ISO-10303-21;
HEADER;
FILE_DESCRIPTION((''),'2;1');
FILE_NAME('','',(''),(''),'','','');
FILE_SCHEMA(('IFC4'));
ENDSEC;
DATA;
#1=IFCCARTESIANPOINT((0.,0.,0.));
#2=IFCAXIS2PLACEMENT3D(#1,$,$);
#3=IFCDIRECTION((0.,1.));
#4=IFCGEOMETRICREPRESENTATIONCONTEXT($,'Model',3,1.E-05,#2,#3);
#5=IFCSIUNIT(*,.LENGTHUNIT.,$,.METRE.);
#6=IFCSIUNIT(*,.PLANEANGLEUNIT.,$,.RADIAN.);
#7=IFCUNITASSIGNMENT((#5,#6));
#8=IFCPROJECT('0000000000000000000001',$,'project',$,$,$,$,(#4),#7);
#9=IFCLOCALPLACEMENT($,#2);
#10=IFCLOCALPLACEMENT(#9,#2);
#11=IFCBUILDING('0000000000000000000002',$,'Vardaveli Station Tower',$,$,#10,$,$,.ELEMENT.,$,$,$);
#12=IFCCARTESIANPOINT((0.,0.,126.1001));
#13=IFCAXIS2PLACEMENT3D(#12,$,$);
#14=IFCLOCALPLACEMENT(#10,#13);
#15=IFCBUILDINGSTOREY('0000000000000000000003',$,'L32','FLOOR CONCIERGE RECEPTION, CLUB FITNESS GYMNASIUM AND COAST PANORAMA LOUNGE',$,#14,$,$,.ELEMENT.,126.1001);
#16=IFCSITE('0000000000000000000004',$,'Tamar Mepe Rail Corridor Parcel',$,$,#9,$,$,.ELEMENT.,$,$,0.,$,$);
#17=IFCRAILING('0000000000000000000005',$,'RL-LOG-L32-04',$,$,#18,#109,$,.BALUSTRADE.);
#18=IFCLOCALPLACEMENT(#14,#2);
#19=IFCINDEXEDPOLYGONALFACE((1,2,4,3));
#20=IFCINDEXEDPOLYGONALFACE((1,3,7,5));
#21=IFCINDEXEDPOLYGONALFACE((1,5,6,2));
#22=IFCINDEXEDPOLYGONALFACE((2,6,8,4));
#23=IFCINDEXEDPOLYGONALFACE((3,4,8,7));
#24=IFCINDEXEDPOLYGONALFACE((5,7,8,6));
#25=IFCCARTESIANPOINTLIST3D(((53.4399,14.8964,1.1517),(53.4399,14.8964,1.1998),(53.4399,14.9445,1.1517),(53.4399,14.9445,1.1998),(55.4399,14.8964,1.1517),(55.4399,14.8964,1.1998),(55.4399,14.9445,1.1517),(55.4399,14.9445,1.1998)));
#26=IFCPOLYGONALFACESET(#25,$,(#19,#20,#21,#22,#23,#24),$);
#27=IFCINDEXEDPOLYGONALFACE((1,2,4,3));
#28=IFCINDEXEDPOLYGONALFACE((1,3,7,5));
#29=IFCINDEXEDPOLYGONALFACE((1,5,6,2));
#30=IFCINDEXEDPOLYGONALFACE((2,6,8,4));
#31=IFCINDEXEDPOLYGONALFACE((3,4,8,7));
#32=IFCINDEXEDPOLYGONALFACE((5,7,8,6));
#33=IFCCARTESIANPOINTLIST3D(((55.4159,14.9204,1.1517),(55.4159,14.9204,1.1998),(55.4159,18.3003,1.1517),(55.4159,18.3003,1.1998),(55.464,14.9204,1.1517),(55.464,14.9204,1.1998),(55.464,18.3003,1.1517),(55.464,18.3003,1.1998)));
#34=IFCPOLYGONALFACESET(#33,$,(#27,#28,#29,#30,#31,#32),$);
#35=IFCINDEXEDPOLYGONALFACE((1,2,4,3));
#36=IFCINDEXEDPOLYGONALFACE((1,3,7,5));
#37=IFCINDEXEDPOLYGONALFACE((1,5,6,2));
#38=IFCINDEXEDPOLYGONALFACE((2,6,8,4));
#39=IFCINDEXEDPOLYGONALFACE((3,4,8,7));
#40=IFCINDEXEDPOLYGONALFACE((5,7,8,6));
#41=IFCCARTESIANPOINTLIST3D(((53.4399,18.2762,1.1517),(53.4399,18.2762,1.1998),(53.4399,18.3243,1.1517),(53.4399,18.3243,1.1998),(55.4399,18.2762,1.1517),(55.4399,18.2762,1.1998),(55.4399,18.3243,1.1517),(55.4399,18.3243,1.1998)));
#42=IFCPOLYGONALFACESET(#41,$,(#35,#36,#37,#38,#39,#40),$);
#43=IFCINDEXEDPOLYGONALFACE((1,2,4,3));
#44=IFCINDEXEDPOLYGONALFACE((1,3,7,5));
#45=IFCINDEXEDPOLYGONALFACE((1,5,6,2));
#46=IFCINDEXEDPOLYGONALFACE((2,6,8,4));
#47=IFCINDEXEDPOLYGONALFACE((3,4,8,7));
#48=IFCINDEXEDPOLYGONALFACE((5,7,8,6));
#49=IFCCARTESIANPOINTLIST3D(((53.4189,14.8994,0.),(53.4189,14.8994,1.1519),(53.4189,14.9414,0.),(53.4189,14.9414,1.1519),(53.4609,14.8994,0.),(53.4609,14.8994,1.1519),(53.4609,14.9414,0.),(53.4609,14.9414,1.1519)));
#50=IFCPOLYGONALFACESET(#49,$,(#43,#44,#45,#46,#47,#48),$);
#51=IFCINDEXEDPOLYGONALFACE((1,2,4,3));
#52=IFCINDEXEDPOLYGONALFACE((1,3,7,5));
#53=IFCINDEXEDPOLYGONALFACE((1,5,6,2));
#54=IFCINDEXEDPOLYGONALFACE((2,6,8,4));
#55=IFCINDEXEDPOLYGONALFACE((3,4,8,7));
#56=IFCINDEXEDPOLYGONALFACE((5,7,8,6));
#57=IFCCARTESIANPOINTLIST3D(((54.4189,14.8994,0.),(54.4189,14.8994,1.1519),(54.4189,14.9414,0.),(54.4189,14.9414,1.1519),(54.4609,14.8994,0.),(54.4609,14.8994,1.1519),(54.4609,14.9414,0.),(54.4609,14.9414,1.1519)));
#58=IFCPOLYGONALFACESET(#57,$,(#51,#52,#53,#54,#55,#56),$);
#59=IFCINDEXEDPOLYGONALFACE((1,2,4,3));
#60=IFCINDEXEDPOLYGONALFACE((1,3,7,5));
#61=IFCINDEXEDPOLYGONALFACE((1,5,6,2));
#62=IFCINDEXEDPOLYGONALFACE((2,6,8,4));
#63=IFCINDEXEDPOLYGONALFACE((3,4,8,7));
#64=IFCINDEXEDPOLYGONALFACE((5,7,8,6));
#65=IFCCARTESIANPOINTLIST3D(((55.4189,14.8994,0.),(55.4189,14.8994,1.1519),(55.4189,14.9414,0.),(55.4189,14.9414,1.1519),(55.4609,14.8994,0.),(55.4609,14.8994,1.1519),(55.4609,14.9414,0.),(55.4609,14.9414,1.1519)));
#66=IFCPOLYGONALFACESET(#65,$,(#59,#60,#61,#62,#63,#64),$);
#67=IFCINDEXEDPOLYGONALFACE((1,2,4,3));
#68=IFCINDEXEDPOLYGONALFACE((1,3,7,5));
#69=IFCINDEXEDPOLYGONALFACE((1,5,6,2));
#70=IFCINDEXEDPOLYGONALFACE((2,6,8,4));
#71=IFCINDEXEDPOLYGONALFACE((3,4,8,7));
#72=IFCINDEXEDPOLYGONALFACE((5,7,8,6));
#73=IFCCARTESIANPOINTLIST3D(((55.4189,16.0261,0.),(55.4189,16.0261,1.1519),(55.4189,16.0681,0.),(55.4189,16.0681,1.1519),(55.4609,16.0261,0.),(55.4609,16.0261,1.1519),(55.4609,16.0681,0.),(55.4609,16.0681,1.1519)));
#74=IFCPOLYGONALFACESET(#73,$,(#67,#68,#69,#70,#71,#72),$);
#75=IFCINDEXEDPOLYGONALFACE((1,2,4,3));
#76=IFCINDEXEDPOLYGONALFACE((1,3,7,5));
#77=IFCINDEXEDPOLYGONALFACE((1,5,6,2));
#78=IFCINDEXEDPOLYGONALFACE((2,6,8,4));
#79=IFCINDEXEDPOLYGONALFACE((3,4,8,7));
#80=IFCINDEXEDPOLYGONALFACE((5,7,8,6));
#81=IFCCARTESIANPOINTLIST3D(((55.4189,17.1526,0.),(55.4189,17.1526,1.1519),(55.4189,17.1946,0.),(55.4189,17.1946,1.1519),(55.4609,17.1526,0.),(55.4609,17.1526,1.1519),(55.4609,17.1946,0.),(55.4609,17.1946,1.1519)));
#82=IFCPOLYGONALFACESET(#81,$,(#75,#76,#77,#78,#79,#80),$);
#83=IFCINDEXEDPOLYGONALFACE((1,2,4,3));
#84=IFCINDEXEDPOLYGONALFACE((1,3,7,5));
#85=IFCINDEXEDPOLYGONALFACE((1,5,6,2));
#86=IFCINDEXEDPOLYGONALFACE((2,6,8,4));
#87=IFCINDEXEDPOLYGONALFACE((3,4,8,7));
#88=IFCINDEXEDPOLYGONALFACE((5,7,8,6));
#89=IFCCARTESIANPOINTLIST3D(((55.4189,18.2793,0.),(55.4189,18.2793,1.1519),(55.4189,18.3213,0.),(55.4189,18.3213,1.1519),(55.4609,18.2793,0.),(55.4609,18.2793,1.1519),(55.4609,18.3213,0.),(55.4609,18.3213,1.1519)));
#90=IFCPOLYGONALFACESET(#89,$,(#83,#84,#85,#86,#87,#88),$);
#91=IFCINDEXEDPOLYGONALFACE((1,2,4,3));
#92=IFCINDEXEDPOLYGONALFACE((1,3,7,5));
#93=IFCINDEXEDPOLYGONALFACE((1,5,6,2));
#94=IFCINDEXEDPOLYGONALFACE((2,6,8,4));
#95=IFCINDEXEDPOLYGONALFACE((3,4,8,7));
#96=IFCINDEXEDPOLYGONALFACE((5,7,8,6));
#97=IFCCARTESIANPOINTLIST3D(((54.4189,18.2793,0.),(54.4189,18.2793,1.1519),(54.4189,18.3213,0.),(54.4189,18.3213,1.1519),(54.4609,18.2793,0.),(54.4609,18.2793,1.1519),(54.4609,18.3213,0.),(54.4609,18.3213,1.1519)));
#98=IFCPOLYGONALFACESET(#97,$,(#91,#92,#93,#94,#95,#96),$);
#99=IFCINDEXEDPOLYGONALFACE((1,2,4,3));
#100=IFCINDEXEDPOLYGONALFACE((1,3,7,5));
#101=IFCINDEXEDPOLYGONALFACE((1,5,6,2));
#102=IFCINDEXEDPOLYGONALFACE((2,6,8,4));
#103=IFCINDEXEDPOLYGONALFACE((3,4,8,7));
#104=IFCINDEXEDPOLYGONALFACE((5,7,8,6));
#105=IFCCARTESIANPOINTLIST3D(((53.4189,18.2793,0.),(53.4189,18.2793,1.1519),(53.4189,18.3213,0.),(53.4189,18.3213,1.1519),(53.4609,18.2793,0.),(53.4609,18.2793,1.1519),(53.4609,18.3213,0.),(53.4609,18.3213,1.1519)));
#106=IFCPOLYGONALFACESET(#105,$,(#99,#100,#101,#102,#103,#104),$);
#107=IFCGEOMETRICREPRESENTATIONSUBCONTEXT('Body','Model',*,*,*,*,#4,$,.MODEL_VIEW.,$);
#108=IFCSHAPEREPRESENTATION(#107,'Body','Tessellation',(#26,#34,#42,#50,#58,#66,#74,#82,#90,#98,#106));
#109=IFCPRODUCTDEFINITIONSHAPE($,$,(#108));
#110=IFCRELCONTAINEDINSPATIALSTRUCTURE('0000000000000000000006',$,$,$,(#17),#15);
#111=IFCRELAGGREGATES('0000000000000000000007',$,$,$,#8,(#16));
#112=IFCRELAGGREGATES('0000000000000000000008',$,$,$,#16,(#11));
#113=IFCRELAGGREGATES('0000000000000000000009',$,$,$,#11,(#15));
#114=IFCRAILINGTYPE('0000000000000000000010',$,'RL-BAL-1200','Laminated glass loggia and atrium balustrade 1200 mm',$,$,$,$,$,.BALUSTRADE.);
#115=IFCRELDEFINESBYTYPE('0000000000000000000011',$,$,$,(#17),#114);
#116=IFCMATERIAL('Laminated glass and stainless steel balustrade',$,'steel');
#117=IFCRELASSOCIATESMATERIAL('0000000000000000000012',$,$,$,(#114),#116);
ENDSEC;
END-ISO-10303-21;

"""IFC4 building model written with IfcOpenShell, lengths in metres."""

from ifc_helpers import new_model, si_unit, direction, frame, origin, origin_2d, place, context, subcontext, project, spatial, rectangle, extrude, source, transform, mapped, material, type_object, element, save


model = new_model("IFC4")

# Units and contexts
model_context = context("Model", 3, precision=1e-05, world=origin(), true_north=direction((0.0, 1.0)))
body_context = subcontext(model_context, "Body", "Model", "MODEL_VIEW")
ifc_project = project(units=[si_unit("LENGTHUNIT", "METRE"), si_unit("PLANEANGLEUNIT", "RADIAN")], contexts=[model_context])

# Site, building, storey
site_placement = place(None, origin())
site = spatial("IfcSite", under=ifc_project, at=site_placement, Name="Tamar Mepe Rail Corridor Parcel", CompositionType="ELEMENT", RefElevation=0.0)
building_placement = place(site_placement, origin())
building = spatial("IfcBuilding", under=site, at=building_placement, Name="Vardaveli Station Tower", CompositionType="ELEMENT")
storey_placement = place(building_placement, frame((0.0, 0.0, 126.1001)))
storey = spatial("IfcBuildingStorey", under=building, at=storey_placement, Name="L32", Description="FLOOR CONCIERGE RECEPTION, CLUB FITNESS GYMNASIUM AND COAST PANORAMA LOUNGE", CompositionType="ELEMENT", Elevation=126.1001)

# Railing
ifc_material_1 = material(Name="Laminated glass and stainless steel balustrade", Category="steel")
railing_type = type_object("IfcRailingType", Name="RL-BAL-1200", Description="Laminated glass loggia and atrium balustrade 1200 mm", PredefinedType="BALUSTRADE", material=ifc_material_1)
shared_shape_1 = source(origin(), body_context, "Body", "SweptSolid", [
    extrude(rectangle(XDim=0.0481, YDim=0.0481, at=origin_2d()), frame((0.0, 0.0, 1.1758), z_axis=(1.0, 0.0, 0.0), x_axis=(0.0, 1.0, 0.0)), (0.0, 0.0, 1.0), 2.0),
    extrude(rectangle(XDim=0.0481, YDim=0.0481, at=origin_2d()), frame((2.0, 0.0, 1.1758), z_axis=(0.0, 1.0, 0.0), x_axis=(-1.0, 0.0, 0.0)), (0.0, 0.0, 1.0), 3.3799),
    extrude(rectangle(XDim=0.0481, YDim=0.0481, at=origin_2d()), frame((2.0, 3.3799, 1.1758), z_axis=(-1.0, 0.0, 0.0), x_axis=(0.0, -1.0, 0.0)), (0.0, 0.0, 1.0), 2.0),
    extrude(rectangle(XDim=0.042, YDim=0.042, at=origin_2d()), origin(), (0.0, 0.0, 1.0), 1.1519),
    extrude(rectangle(XDim=0.042, YDim=0.042, at=origin_2d()), frame((1.0, 0.0, 0.0)), (0.0, 0.0, 1.0), 1.1519),
    extrude(rectangle(XDim=0.042, YDim=0.042, at=origin_2d()), frame((2.0, 0.0, 0.0)), (0.0, 0.0, 1.0), 1.1519),
    extrude(rectangle(XDim=0.042, YDim=0.042, at=origin_2d()), frame((2.0, 1.1267, 0.0)), (0.0, 0.0, 1.0), 1.1519),
    extrude(rectangle(XDim=0.042, YDim=0.042, at=origin_2d()), frame((2.0, 2.2532, 0.0)), (0.0, 0.0, 1.0), 1.1519),
    extrude(rectangle(XDim=0.042, YDim=0.042, at=origin_2d()), frame((2.0, 3.3799, 0.0)), (0.0, 0.0, 1.0), 1.1519),
    extrude(rectangle(XDim=0.042, YDim=0.042, at=origin_2d()), frame((1.0, 3.3799, 0.0)), (0.0, 0.0, 1.0), 1.1519),
    extrude(rectangle(XDim=0.042, YDim=0.042, at=origin_2d()), frame((0.0, 3.3799, 0.0)), (0.0, 0.0, 1.0), 1.1519),
])
railing_placement = place(storey_placement, frame((53.4399, 14.9204, 0.0)))
element("IfcRailing", 1, at=railing_placement, inside=storey, type_object=railing_type, Name="RL-LOG-L32-04", PredefinedType="BALUSTRADE", context=body_context, shape_type="MappedRepresentation", body=[
    mapped(shared_shape_1, transform((0.0, 0.0, 0.0), scale=1.0)),
])

save(model, "model.ifc")
